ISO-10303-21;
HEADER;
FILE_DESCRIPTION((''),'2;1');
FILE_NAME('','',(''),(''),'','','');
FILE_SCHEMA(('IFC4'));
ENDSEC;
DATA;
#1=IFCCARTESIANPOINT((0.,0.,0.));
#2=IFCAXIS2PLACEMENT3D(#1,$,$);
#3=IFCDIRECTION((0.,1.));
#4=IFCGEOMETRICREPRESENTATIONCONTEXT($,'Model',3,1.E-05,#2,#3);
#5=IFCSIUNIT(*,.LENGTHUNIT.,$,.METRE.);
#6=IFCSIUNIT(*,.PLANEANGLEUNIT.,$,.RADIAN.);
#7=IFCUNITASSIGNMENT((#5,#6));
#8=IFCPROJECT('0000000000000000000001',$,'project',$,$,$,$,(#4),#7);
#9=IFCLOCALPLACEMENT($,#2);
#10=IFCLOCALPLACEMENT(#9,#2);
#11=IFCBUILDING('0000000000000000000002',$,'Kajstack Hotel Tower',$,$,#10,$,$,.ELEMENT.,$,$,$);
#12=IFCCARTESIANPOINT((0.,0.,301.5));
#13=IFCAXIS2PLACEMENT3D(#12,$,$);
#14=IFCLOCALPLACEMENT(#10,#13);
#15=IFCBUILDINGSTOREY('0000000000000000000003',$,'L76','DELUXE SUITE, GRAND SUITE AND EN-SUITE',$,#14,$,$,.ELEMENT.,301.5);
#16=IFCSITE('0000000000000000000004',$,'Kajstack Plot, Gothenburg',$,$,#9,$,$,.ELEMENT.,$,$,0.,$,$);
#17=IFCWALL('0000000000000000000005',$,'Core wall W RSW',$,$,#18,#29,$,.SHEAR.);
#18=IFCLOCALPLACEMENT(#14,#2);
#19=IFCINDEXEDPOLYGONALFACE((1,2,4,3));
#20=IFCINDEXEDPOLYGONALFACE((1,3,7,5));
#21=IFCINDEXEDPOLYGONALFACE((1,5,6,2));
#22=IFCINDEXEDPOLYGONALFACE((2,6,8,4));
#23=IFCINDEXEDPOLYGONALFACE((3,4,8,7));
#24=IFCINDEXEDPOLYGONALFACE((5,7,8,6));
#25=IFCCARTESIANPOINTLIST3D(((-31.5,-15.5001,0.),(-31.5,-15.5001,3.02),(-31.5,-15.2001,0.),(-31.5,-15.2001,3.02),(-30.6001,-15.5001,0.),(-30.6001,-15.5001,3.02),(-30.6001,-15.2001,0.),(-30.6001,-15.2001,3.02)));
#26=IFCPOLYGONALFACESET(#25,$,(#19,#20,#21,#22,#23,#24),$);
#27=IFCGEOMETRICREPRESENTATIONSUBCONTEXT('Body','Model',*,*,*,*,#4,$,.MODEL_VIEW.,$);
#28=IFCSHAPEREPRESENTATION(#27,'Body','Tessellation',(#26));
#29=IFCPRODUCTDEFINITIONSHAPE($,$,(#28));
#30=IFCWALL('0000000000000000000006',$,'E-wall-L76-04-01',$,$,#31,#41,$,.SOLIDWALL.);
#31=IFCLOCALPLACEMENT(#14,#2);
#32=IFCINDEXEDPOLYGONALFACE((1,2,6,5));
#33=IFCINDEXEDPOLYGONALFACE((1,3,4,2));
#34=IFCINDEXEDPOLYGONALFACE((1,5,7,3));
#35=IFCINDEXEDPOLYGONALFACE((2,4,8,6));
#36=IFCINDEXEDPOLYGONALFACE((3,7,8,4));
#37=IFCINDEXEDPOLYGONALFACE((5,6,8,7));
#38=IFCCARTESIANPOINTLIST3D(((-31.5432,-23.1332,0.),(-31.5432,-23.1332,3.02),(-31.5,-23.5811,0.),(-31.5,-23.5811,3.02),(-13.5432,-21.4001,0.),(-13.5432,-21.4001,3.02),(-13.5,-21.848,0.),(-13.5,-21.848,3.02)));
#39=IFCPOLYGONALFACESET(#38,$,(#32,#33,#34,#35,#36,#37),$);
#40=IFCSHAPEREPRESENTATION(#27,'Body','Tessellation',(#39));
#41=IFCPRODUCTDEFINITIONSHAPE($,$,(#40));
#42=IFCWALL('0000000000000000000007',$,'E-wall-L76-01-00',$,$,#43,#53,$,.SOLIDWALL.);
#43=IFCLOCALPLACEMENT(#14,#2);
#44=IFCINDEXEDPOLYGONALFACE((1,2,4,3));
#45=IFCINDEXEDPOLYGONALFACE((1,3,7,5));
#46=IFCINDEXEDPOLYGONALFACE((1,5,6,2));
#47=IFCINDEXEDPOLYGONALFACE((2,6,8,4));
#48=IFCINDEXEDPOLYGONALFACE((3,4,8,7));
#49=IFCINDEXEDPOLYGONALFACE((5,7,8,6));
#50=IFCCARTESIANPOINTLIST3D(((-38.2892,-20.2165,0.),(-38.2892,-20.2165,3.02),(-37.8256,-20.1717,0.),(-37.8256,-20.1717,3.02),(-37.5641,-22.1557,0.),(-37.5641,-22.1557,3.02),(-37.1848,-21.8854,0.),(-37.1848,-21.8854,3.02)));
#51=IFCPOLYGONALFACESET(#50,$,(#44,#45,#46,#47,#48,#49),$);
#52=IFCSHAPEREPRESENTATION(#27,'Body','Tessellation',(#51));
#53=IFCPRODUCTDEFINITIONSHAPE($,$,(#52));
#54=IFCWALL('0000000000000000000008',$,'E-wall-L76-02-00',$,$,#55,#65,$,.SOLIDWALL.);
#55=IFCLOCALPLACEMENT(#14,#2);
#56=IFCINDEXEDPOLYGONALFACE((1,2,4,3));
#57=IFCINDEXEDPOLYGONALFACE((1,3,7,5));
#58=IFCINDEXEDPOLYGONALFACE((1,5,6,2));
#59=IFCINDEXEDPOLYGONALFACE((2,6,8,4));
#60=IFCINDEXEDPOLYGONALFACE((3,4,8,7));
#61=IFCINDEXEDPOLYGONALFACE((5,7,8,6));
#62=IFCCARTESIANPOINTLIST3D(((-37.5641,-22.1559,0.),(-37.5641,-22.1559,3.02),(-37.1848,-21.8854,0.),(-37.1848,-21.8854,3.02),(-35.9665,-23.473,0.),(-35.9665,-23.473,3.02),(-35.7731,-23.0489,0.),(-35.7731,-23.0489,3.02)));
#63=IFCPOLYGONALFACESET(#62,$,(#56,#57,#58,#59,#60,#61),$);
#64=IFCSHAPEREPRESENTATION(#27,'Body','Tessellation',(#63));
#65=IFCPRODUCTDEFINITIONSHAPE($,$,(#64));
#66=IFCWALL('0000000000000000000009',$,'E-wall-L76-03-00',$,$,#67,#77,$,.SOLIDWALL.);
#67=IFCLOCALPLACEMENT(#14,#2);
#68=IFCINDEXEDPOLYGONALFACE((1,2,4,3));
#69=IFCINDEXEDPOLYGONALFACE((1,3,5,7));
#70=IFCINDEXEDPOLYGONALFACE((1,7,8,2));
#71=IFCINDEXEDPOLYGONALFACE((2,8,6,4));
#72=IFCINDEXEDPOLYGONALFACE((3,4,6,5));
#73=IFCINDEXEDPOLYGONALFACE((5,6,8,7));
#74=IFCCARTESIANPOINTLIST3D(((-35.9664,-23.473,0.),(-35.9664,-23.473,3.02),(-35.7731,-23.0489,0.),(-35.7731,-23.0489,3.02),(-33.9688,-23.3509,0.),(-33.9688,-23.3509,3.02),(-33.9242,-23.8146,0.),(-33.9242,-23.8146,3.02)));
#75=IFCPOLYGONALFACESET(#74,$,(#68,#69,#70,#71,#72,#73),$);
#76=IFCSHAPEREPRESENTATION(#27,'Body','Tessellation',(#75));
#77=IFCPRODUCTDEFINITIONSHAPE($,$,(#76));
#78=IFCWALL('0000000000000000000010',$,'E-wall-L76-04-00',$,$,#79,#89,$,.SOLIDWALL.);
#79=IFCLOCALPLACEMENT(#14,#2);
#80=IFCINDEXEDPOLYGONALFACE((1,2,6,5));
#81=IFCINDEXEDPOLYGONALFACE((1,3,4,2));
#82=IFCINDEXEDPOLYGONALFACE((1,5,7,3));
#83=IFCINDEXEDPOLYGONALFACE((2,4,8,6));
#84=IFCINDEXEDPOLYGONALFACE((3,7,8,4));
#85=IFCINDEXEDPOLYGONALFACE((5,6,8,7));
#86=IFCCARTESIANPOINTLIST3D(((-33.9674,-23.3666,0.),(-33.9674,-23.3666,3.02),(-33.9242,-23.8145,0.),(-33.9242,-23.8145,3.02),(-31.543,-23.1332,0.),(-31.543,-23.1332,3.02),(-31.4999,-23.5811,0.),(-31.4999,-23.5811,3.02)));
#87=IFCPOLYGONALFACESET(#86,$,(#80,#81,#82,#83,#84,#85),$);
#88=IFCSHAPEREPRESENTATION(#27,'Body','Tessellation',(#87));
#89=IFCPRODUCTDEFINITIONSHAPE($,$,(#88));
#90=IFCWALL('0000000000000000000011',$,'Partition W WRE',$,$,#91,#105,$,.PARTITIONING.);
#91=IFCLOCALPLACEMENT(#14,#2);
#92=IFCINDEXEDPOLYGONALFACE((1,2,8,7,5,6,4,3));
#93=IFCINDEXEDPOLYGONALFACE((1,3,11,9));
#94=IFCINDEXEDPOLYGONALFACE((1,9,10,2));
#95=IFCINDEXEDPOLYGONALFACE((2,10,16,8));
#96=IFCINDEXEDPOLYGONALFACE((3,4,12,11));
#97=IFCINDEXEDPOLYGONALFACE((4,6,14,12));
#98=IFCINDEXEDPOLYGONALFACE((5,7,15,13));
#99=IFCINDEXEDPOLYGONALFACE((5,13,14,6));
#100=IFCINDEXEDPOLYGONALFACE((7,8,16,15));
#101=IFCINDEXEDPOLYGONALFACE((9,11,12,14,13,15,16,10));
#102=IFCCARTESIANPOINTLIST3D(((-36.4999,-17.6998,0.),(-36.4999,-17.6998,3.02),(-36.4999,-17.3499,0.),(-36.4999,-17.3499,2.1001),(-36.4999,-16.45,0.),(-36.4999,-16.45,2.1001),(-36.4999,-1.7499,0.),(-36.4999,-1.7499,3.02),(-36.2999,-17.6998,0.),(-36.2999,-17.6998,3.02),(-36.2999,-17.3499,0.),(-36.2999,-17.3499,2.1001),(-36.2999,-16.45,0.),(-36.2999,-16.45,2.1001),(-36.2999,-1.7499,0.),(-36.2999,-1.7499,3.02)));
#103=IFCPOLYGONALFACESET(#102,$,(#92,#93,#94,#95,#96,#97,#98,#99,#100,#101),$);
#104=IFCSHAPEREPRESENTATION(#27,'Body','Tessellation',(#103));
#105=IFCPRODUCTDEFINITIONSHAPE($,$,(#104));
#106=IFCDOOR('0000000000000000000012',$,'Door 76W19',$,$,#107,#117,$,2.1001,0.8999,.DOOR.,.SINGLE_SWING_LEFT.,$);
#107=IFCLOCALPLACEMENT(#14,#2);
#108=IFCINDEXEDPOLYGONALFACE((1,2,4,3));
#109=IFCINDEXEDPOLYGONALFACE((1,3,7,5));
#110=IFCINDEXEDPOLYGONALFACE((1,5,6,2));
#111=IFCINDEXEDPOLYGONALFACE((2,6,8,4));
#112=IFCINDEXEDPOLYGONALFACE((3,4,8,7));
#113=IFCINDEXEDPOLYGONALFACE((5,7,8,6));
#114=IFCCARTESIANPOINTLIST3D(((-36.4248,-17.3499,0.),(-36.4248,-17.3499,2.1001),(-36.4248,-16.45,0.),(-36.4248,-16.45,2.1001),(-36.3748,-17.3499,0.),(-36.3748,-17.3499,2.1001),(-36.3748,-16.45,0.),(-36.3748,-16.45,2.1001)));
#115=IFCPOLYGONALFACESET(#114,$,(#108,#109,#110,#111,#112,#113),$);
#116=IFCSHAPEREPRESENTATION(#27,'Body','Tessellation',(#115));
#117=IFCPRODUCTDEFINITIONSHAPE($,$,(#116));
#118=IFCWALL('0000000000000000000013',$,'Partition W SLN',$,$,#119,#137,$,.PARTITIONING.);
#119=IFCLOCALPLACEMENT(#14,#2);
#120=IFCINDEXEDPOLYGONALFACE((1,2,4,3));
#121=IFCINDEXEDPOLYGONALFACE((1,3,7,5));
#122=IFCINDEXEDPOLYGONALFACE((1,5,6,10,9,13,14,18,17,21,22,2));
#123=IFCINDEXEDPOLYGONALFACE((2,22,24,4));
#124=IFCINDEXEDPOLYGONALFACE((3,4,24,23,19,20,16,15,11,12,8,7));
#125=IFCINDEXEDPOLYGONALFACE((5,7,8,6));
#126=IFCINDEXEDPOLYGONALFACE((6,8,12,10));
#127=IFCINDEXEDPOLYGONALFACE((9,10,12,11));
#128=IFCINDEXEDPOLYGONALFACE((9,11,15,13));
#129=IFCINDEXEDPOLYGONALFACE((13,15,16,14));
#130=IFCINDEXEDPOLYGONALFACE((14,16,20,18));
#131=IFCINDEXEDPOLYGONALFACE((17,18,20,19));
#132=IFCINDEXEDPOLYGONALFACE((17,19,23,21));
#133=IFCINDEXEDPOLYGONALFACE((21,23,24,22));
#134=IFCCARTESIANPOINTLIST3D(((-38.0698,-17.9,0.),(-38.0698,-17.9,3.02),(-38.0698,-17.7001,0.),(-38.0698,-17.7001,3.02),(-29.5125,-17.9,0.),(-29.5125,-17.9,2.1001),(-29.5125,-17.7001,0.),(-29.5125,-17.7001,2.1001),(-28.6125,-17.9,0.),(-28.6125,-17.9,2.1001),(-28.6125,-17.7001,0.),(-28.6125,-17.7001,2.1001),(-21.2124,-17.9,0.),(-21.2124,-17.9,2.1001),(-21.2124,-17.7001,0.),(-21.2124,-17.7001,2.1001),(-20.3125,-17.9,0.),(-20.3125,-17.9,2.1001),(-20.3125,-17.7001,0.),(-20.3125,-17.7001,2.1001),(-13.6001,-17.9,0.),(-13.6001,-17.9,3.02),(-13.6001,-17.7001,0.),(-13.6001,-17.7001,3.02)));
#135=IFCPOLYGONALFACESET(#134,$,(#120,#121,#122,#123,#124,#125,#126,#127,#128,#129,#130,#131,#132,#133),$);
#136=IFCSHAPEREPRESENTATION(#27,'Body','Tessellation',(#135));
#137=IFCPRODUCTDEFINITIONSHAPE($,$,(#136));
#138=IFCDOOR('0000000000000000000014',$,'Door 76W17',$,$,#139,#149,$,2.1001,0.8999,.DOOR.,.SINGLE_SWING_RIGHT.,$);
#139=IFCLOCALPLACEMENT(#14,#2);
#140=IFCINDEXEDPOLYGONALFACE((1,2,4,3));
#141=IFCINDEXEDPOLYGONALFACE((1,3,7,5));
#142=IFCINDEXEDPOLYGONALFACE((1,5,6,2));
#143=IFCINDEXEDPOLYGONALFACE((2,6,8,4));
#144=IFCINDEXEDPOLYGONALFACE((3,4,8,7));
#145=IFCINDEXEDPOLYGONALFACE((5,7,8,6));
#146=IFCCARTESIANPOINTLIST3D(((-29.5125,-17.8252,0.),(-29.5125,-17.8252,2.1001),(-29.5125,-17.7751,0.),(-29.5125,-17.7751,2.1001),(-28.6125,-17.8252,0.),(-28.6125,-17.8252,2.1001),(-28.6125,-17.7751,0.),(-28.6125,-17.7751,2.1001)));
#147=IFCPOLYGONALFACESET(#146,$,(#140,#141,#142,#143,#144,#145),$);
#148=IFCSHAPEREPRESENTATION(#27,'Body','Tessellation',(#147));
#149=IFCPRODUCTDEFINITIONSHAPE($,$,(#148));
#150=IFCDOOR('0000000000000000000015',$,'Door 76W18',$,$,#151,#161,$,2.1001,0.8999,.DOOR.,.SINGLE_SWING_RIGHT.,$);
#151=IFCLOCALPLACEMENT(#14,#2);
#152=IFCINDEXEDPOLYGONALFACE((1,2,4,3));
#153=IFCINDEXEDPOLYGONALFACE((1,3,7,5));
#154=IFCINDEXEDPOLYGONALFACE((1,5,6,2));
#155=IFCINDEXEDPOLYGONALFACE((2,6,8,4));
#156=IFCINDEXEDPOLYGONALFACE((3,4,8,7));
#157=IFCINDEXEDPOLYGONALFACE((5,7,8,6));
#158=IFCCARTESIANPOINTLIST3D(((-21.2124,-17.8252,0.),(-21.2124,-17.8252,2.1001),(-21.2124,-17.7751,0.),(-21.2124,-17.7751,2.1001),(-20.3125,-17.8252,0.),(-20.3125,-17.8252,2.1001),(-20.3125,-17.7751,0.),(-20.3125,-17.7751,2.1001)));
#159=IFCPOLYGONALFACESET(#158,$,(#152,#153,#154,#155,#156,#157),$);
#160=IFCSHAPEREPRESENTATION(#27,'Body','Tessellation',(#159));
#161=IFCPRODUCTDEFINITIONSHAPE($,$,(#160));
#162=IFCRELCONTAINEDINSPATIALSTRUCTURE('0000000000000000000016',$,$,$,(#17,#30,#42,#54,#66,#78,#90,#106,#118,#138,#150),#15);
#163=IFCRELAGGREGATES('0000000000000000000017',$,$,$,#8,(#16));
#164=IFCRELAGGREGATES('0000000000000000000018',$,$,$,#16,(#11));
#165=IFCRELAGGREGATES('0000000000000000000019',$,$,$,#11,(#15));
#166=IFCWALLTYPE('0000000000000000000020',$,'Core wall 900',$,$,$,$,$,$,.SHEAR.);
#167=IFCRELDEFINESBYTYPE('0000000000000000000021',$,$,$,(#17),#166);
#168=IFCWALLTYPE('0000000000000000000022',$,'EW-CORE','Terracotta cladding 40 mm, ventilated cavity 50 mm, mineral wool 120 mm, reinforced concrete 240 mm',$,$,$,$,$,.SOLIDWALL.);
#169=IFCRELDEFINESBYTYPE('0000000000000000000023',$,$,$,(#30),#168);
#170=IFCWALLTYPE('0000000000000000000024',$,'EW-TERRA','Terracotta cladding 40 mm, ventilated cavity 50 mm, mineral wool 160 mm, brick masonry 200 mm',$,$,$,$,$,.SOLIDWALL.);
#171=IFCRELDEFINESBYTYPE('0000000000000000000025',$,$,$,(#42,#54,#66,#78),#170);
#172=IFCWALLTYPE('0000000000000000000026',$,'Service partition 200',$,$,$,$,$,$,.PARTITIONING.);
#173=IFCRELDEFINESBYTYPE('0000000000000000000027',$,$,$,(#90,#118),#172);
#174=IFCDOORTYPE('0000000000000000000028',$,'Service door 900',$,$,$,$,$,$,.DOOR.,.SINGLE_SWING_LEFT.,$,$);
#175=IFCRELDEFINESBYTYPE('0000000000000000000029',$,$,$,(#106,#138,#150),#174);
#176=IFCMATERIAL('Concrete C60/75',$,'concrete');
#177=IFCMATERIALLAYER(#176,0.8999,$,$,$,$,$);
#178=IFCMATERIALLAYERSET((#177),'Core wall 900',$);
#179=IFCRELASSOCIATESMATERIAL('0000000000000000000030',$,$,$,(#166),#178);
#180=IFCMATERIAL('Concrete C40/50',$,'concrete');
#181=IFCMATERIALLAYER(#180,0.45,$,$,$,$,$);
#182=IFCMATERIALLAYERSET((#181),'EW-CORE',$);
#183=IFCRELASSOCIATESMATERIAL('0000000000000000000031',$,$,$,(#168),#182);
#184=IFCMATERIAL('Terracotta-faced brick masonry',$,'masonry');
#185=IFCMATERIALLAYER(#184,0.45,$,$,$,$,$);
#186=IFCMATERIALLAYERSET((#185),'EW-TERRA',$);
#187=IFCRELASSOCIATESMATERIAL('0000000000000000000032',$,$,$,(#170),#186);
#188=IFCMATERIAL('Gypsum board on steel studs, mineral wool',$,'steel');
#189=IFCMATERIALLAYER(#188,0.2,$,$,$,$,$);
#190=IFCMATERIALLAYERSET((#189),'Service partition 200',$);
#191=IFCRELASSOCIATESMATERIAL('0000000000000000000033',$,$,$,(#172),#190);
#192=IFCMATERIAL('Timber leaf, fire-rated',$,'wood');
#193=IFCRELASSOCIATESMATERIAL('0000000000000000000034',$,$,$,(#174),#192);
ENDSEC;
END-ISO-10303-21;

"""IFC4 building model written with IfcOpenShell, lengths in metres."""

from ifc_helpers import new_model, si_unit, direction, frame, frame_2d, origin, place, context, subcontext, project, spatial, polyline, rectangle, outline, extrude, material, layer, layer_set, type_object, element, fill, save


model = new_model("IFC4")

# Units and contexts
model_context = context("Model", 3, precision=1e-05, world=origin(), true_north=direction((0.0, 1.0)))
body_context = subcontext(model_context, "Body", "Model", "MODEL_VIEW")
ifc_project = project(units=[si_unit("LENGTHUNIT", "METRE"), si_unit("PLANEANGLEUNIT", "RADIAN")], contexts=[model_context])

# Site, building, storey
site_placement = place(None, origin())
site = spatial("IfcSite", under=ifc_project, at=site_placement, Name="Kajstack Plot, Gothenburg", CompositionType="ELEMENT", RefElevation=0.0)
building_placement = place(site_placement, origin())
building = spatial("IfcBuilding", under=site, at=building_placement, Name="Kajstack Hotel Tower", CompositionType="ELEMENT")
storey_placement = place(building_placement, frame((0.0, 0.0, 301.5)))
storey = spatial("IfcBuildingStorey", under=building, at=storey_placement, Name="L76", Description="DELUXE SUITE, GRAND SUITE AND EN-SUITE", CompositionType="ELEMENT", Elevation=301.5)

# Walls
ifc_material_1 = material(Name="Concrete C60/75", Category="concrete")
ifc_layer_1 = layer(ifc_material_1, 0.8999)
ifc_layer_set_1 = layer_set([ifc_layer_1], Name="Core wall 900")
wall_type_1 = type_object("IfcWallType", Name="Core wall 900", PredefinedType="SHEAR", material=ifc_layer_set_1)
wall_1_placement = place(storey_placement, frame((-31.5, -15.3501, 0.0), z_axis=(0.0, 0.0, 1.0), x_axis=(1.0, 0.0, 0.0)))
element("IfcWall", 1, at=wall_1_placement, inside=storey, type_object=wall_type_1, Name="Core wall W RSW", PredefinedType="SHEAR", context=body_context, shape_type="SweptSolid", body=[
    extrude(rectangle(XDim=0.8999, YDim=0.3, at=frame_2d((0.45, 0.0))), origin(), (0.0, 0.0, 1.0), 3.02),
])
ifc_material_2 = material(Name="Concrete C40/50", Category="concrete")
ifc_layer_2 = layer(ifc_material_2, 0.45)
ifc_layer_set_2 = layer_set([ifc_layer_2], Name="EW-CORE")
wall_type_2 = type_object("IfcWallType", Name="EW-CORE", Description="Terracotta cladding 40 mm, ventilated cavity 50 mm, mineral wool 120 mm, reinforced concrete 240 mm", PredefinedType="SOLIDWALL", material=ifc_layer_set_2)
wall_2_placement = place(storey_placement, frame((-31.5215, -23.3572, 0.0), z_axis=(0.0, 0.0, 1.0), x_axis=(0.995396, 0.095843, 0.0)))
element("IfcWall", 2, at=wall_2_placement, inside=storey, type_object=wall_type_2, Name="E-wall-L76-04-01", PredefinedType="SOLIDWALL", context=body_context, shape_type="SweptSolid", body=[
    extrude(rectangle(XDim=18.0833, YDim=0.45, at=frame_2d((9.0415, 0.0))), origin(), (0.0, 0.0, 1.0), 3.02),
])
ifc_material_3 = material(Name="Terracotta-faced brick masonry", Category="masonry")
ifc_layer_3 = layer(ifc_material_3, 0.45)
ifc_layer_set_3 = layer_set([ifc_layer_3], Name="EW-TERRA")
wall_type_3 = type_object("IfcWallType", Name="EW-TERRA", Description="Terracotta cladding 40 mm, ventilated cavity 50 mm, mineral wool 160 mm, brick masonry 200 mm", PredefinedType="SOLIDWALL", material=ifc_layer_set_3)
wall_3_placement = place(storey_placement, frame((-38.0784, -20.1377, 0.0), z_axis=(0.0, 0.0, 1.0), x_axis=(0.350232, -0.936663, 0.0)))
element("IfcWall", 3, at=wall_3_placement, inside=storey, type_object=wall_type_3, Name="E-wall-L76-01-00", PredefinedType="SOLIDWALL", context=body_context, shape_type="SweptSolid", body=[
    extrude(outline(polyline([(0.0, -0.2251), (2.0703, -0.2251), (1.95, 0.2249), (0.1204, 0.2249), (0.0, -0.2251)])), origin(), (0.0, 0.0, 1.0), 3.02),
])
wall_4_placement = place(storey_placement, frame((-37.4209, -21.9822, 0.0), z_axis=(0.0, 0.0, 1.0), x_axis=(0.771593, -0.636116, 0.0)))
element("IfcWall", 4, at=wall_4_placement, inside=storey, type_object=wall_type_3, Name="E-wall-L76-02-00", PredefinedType="SOLIDWALL", context=body_context, shape_type="SweptSolid", body=[
    extrude(outline(polyline([(0.0, -0.2251), (2.0706, -0.2251), (1.95, 0.2251), (0.1206, 0.2249), (0.0, -0.2251)])), origin(), (0.0, 0.0, 1.0), 3.02),
])
wall_5_placement = place(storey_placement, frame((-35.9292, -23.251, 0.0), z_axis=(0.0, 0.0, 1.0), x_axis=(0.986279, -0.165087, 0.0)))
element("IfcWall", 5, at=wall_5_placement, inside=storey, type_object=wall_type_3, Name="E-wall-L76-03-00", PredefinedType="SOLIDWALL", context=body_context, shape_type="SweptSolid", body=[
    extrude(outline(polyline([(0.0, -0.2251), (2.0706, -0.2249), (1.95, 0.2251), (0.1206, 0.2251), (0.0, -0.2251)])), origin(), (0.0, 0.0, 1.0), 3.02),
])
wall_6_placement = place(storey_placement, frame((-33.9458, -23.5906, 0.0), z_axis=(0.0, 0.0, 1.0), x_axis=(0.995398, 0.095831, 0.0)))
element("IfcWall", 6, at=wall_6_placement, inside=storey, type_object=wall_type_3, Name="E-wall-L76-04-00", PredefinedType="SOLIDWALL", context=body_context, shape_type="SweptSolid", body=[
    extrude(rectangle(XDim=2.4355, YDim=0.45, at=frame_2d((1.2178, 0.0))), origin(), (0.0, 0.0, 1.0), 3.02),
])

# Wall, opening, door
ifc_material_4 = material(Name="Gypsum board on steel studs, mineral wool", Category="steel")
ifc_layer_4 = layer(ifc_material_4, 0.2)
ifc_layer_set_4 = layer_set([ifc_layer_4], Name="Service partition 200")
wall_type_4 = type_object("IfcWallType", Name="Service partition 200", PredefinedType="PARTITIONING", material=ifc_layer_set_4)
wall_7_placement = place(storey_placement, frame((-36.3999, -17.7, 0.0), z_axis=(0.0, 0.0, 1.0), x_axis=(0.0, 1.0, 0.0)))
wall_7 = element("IfcWall", 7, at=wall_7_placement, inside=storey, type_object=wall_type_4, Name="Partition W WRE", PredefinedType="PARTITIONING", context=body_context, shape_type="SweptSolid", body=[
    extrude(rectangle(XDim=15.95, YDim=0.2, at=frame_2d((7.9751, 0.0))), origin(), (0.0, 0.0, 1.0), 3.02),
])
opening_1_placement = place(wall_7_placement, frame((0.3501, 0.0, 0.0)))
opening_1 = element("IfcOpeningElement", 8, at=opening_1_placement, cuts=wall_7, PredefinedType="OPENING", context=body_context, shape_type="SweptSolid", body=[
    extrude(rectangle(XDim=0.8999, YDim=2.1001, at=frame_2d((0.45, 1.05))), frame((0.0, 0.1099, 0.0), z_axis=(0.0, -1.0, 0.0), x_axis=(1.0, 0.0, 0.0)), (0.0, 0.0, 1.0), 0.22),
])
ifc_material_5 = material(Name="Timber leaf, fire-rated", Category="wood")
door_type_1 = type_object("IfcDoorType", Name="Service door 900", OperationType="SINGLE_SWING_LEFT", PredefinedType="DOOR", material=ifc_material_5)
door_1_placement = place(opening_1_placement, origin())
door_1 = element("IfcDoor", 9, at=door_1_placement, inside=storey, type_object=door_type_1, Name="Door 76W19", OperationType="SINGLE_SWING_LEFT", OverallHeight=2.1001, OverallWidth=0.8999, PredefinedType="DOOR", context=body_context, shape_type="SweptSolid", body=[
    extrude(rectangle(XDim=0.8999, YDim=2.1001, at=frame_2d((0.45, 1.05))), frame((0.0, 0.0249, 0.0), z_axis=(0.0, -1.0, 0.0), x_axis=(1.0, 0.0, 0.0)), (0.0, 0.0, 1.0), 0.05),
])
fill(opening_1, door_1)

# Wall, openings, doors
wall_8_placement = place(storey_placement, frame((-38.0698, -17.8, 0.0), z_axis=(0.0, 0.0, 1.0), x_axis=(1.0, 0.0, 0.0)))
wall_8 = element("IfcWall", 10, at=wall_8_placement, inside=storey, type_object=wall_type_4, Name="Partition W SLN", PredefinedType="PARTITIONING", context=body_context, shape_type="SweptSolid", body=[
    extrude(rectangle(XDim=24.4697, YDim=0.2, at=frame_2d((12.2349, 0.0))), origin(), (0.0, 0.0, 1.0), 3.02),
])
opening_2_placement = place(wall_8_placement, frame((8.5574, 0.0, 0.0)))
opening_2 = element("IfcOpeningElement", 11, at=opening_2_placement, cuts=wall_8, PredefinedType="OPENING", context=body_context, shape_type="SweptSolid", body=[
    extrude(rectangle(XDim=0.8999, YDim=2.1001, at=frame_2d((0.45, 1.05))), frame((0.0, 0.1099, 0.0), z_axis=(0.0, -1.0, 0.0), x_axis=(1.0, 0.0, 0.0)), (0.0, 0.0, 1.0), 0.22),
])
opening_3_placement = place(wall_8_placement, frame((16.8574, 0.0, 0.0)))
opening_3 = element("IfcOpeningElement", 12, at=opening_3_placement, cuts=wall_8, PredefinedType="OPENING", context=body_context, shape_type="SweptSolid", body=[
    extrude(rectangle(XDim=0.8999, YDim=2.1001, at=frame_2d((0.45, 1.05))), frame((0.0, 0.1099, 0.0), z_axis=(0.0, -1.0, 0.0), x_axis=(1.0, 0.0, 0.0)), (0.0, 0.0, 1.0), 0.22),
])
door_2_placement = place(opening_2_placement, origin())
door_2 = element("IfcDoor", 13, at=door_2_placement, inside=storey, type_object=door_type_1, Name="Door 76W17", OperationType="SINGLE_SWING_RIGHT", OverallHeight=2.1001, OverallWidth=0.8999, PredefinedType="DOOR", context=body_context, shape_type="SweptSolid", body=[
    extrude(rectangle(XDim=0.8999, YDim=2.1001, at=frame_2d((0.45, 1.05))), frame((0.0, 0.0249, 0.0), z_axis=(0.0, -1.0, 0.0), x_axis=(1.0, 0.0, 0.0)), (0.0, 0.0, 1.0), 0.05),
])
fill(opening_2, door_2)
door_3_placement = place(opening_3_placement, origin())
door_3 = element("IfcDoor", 14, at=door_3_placement, inside=storey, type_object=door_type_1, Name="Door 76W18", OperationType="SINGLE_SWING_RIGHT", OverallHeight=2.1001, OverallWidth=0.8999, PredefinedType="DOOR", context=body_context, shape_type="SweptSolid", body=[
    extrude(rectangle(XDim=0.8999, YDim=2.1001, at=frame_2d((0.45, 1.05))), frame((0.0, 0.0249, 0.0), z_axis=(0.0, -1.0, 0.0), x_axis=(1.0, 0.0, 0.0)), (0.0, 0.0, 1.0), 0.05),
])
fill(opening_3, door_3)

save(model, "model.ifc")
